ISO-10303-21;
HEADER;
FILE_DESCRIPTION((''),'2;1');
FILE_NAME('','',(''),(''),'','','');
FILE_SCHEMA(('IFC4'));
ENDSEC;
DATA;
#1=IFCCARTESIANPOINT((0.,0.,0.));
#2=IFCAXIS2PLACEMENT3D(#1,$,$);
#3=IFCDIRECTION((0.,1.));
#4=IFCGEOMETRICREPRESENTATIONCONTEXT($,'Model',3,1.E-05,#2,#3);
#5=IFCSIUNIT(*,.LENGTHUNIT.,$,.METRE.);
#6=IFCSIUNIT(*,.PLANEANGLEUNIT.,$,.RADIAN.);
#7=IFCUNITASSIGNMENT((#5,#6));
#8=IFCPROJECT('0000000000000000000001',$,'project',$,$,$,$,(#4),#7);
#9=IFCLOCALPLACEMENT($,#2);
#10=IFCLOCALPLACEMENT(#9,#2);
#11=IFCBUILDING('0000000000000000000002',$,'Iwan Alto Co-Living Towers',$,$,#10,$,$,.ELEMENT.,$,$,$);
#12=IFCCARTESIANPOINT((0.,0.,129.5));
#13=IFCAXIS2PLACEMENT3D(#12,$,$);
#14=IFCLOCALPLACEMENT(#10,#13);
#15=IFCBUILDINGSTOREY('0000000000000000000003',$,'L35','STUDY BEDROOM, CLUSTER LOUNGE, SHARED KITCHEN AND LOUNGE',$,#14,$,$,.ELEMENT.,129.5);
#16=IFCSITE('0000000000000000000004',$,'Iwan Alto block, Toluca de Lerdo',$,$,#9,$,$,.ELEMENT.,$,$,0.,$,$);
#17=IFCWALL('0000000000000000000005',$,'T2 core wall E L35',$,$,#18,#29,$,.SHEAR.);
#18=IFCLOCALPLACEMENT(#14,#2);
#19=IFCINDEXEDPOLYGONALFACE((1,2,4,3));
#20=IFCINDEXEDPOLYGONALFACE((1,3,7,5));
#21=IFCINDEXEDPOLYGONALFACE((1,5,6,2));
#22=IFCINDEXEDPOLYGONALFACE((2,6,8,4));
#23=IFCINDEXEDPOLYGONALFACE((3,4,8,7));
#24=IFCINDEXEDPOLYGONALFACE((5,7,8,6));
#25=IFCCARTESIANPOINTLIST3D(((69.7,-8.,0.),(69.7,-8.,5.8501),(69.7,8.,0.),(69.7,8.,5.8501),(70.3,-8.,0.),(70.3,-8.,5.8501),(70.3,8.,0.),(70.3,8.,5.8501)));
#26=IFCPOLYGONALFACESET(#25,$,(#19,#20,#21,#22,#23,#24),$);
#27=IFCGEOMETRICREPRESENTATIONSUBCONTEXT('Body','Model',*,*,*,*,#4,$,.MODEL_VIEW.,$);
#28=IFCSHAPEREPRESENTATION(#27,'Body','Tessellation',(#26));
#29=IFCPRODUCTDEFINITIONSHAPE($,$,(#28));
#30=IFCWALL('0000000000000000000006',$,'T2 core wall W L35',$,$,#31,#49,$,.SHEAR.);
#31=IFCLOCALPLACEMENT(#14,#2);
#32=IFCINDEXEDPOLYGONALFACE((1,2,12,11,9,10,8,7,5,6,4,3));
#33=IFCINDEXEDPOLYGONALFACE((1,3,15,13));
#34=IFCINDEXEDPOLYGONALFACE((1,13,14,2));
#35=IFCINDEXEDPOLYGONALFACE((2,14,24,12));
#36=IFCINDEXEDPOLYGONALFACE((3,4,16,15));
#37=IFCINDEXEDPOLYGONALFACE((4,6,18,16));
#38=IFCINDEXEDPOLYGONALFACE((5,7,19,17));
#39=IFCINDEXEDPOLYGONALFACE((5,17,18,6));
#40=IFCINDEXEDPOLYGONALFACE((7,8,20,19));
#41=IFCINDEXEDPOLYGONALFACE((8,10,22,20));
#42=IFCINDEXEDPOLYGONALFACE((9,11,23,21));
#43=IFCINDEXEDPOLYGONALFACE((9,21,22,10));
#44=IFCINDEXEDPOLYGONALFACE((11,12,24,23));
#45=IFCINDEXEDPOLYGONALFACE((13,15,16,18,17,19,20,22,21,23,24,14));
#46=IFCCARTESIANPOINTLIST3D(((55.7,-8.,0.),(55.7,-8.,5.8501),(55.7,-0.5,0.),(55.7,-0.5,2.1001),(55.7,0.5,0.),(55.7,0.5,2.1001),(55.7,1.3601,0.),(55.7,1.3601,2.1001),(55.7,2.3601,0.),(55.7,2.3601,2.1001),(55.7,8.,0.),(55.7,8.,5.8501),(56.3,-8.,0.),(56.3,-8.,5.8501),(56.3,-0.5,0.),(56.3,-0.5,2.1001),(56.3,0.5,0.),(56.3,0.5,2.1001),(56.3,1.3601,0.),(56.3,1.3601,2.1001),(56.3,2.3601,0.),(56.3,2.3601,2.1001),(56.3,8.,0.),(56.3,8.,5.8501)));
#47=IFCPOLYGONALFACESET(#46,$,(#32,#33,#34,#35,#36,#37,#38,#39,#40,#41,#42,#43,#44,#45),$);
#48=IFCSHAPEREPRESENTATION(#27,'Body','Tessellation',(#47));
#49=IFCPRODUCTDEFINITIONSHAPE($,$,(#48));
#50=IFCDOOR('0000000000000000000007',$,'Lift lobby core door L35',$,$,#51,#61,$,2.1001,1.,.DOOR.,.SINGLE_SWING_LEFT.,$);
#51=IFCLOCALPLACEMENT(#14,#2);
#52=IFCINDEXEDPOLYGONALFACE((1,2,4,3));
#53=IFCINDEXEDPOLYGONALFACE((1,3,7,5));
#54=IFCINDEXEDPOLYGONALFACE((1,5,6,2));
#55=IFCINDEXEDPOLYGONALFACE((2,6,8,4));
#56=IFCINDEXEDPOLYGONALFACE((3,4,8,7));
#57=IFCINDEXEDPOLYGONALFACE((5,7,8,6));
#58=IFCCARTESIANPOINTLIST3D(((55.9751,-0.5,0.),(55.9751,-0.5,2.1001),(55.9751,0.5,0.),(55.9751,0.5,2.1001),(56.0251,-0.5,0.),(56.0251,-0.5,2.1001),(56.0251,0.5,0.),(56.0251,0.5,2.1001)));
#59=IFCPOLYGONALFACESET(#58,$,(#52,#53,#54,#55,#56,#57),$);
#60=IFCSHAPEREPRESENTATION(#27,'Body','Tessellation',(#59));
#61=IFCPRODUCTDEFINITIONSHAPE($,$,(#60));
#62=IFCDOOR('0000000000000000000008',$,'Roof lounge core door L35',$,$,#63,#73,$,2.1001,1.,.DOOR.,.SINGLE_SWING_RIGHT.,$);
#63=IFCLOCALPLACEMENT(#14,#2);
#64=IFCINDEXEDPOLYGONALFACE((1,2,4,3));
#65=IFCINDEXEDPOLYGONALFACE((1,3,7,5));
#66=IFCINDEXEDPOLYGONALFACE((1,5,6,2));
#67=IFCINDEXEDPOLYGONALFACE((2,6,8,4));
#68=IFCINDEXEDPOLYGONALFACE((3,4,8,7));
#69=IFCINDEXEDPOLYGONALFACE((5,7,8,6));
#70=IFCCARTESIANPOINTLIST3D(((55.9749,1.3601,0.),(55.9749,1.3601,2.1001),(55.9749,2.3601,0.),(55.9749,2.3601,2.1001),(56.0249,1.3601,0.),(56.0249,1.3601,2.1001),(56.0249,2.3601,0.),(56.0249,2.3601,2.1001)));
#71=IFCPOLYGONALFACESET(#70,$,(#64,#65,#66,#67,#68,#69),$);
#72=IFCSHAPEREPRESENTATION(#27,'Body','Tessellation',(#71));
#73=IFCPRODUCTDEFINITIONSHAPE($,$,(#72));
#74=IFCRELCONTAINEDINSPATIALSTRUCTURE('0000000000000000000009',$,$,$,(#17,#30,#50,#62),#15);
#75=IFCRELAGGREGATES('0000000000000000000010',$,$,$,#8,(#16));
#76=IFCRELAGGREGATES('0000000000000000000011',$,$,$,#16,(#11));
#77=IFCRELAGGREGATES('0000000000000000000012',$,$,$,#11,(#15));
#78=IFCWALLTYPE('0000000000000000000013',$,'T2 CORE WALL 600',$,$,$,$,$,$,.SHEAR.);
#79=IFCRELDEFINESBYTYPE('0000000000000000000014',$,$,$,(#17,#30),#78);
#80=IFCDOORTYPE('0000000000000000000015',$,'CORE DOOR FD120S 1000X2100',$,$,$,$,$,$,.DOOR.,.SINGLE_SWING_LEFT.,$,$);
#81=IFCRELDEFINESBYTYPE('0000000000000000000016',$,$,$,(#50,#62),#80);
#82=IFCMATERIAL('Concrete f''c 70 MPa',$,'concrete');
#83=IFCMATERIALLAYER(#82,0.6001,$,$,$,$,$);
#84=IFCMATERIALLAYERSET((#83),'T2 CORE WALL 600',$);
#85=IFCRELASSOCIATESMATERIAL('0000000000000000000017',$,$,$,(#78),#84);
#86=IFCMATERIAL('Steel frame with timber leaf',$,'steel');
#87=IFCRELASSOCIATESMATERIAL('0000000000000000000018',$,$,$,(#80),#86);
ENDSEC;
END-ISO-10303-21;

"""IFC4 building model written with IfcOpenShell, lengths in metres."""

from ifc_helpers import new_model, si_unit, direction, frame, frame_2d, origin, place, context, subcontext, project, spatial, rectangle, extrude, material, layer, layer_set, type_object, element, fill, save


model = new_model("IFC4")

# Units and contexts
model_context = context("Model", 3, precision=1e-05, world=origin(), true_north=direction((0.0, 1.0)))
body_context = subcontext(model_context, "Body", "Model", "MODEL_VIEW")
ifc_project = project(units=[si_unit("LENGTHUNIT", "METRE"), si_unit("PLANEANGLEUNIT", "RADIAN")], contexts=[model_context])

# Site, building, storey
site_placement = place(None, origin())
site = spatial("IfcSite", under=ifc_project, at=site_placement, Name="Iwan Alto block, Toluca de Lerdo", CompositionType="ELEMENT", RefElevation=0.0)
building_placement = place(site_placement, origin())
building = spatial("IfcBuilding", under=site, at=building_placement, Name="Iwan Alto Co-Living Towers", CompositionType="ELEMENT")
storey_placement = place(building_placement, frame((0.0, 0.0, 129.5)))
storey = spatial("IfcBuildingStorey", under=building, at=storey_placement, Name="L35", Description="STUDY BEDROOM, CLUSTER LOUNGE, SHARED KITCHEN AND LOUNGE", CompositionType="ELEMENT", Elevation=129.5)

# Shared definitions
ifc_material_1 = material(Name="Concrete f'c 70 MPa", Category="concrete")
ifc_layer_1 = layer(ifc_material_1, 0.6001)
ifc_layer_set_1 = layer_set([ifc_layer_1], Name="T2 CORE WALL 600")
wall_type_1 = type_object("IfcWallType", Name="T2 CORE WALL 600", PredefinedType="SHEAR", material=ifc_layer_set_1)

# Wall
wall_1_placement = place(storey_placement, frame((70.0, -8.0, 0.0), z_axis=(0.0, 0.0, 1.0), x_axis=(0.0, 1.0, 0.0)))
element("IfcWall", 1, at=wall_1_placement, inside=storey, type_object=wall_type_1, Name="T2 core wall E L35", PredefinedType="SHEAR", context=body_context, shape_type="SweptSolid", body=[
    extrude(rectangle(XDim=16.0, YDim=0.6001, at=frame_2d((8.0, 0.0))), origin(), (0.0, 0.0, 1.0), 5.8501),
])

# Wall, openings, doors
wall_2_placement = place(storey_placement, frame((56.0, 8.0, 0.0), z_axis=(0.0, 0.0, 1.0), x_axis=(0.0, -1.0, 0.0)))
wall_2 = element("IfcWall", 2, at=wall_2_placement, inside=storey, type_object=wall_type_1, Name="T2 core wall W L35", PredefinedType="SHEAR", context=body_context, shape_type="SweptSolid", body=[
    extrude(rectangle(XDim=16.0, YDim=0.6001, at=frame_2d((8.0, 0.0))), origin(), (0.0, 0.0, 1.0), 5.8501),
])
opening_1_placement = place(wall_2_placement, frame((7.5, 0.0, 0.0)))
opening_1 = element("IfcOpeningElement", 3, at=opening_1_placement, cuts=wall_2, PredefinedType="OPENING", context=body_context, shape_type="SweptSolid", body=[
    extrude(rectangle(XDim=1.0, YDim=2.1001, at=frame_2d((0.5, 1.05))), frame((0.0, 0.3101, 0.0), z_axis=(0.0, -1.0, 0.0), x_axis=(1.0, 0.0, 0.0)), (0.0, 0.0, 1.0), 0.6201),
])
opening_2_placement = place(wall_2_placement, frame((5.6399, 0.0, 0.0)))
opening_2 = element("IfcOpeningElement", 4, at=opening_2_placement, cuts=wall_2, PredefinedType="OPENING", context=body_context, shape_type="SweptSolid", body=[
    extrude(rectangle(XDim=1.0, YDim=2.1001, at=frame_2d((0.5, 1.05))), frame((0.0, 0.3101, 0.0), z_axis=(0.0, -1.0, 0.0), x_axis=(1.0, 0.0, 0.0)), (0.0, 0.0, 1.0), 0.6201),
])
ifc_material_2 = material(Name="Steel frame with timber leaf", Category="steel")
door_type_1 = type_object("IfcDoorType", Name="CORE DOOR FD120S 1000X2100", OperationType="SINGLE_SWING_LEFT", PredefinedType="DOOR", material=ifc_material_2)
door_1_placement = place(opening_1_placement, frame((1.0, 0.0, 0.0), z_axis=(0.0, 0.0, 1.0), x_axis=(-1.0, 0.0, 0.0)))
door_1 = element("IfcDoor", 5, at=door_1_placement, inside=storey, type_object=door_type_1, Name="Lift lobby core door L35", OperationType="SINGLE_SWING_LEFT", OverallHeight=2.1001, OverallWidth=1.0, PredefinedType="DOOR", context=body_context, shape_type="SweptSolid", body=[
    extrude(rectangle(XDim=1.0, YDim=2.1001, at=frame_2d((0.5, 1.05))), frame((0.0, 0.0249, 0.0), z_axis=(0.0, -1.0, 0.0), x_axis=(1.0, 0.0, 0.0)), (0.0, 0.0, 1.0), 0.05),
])
fill(opening_1, door_1)
door_2_placement = place(opening_2_placement, origin())
door_2 = element("IfcDoor", 6, at=door_2_placement, inside=storey, type_object=door_type_1, Name="Roof lounge core door L35", OperationType="SINGLE_SWING_RIGHT", OverallHeight=2.1001, OverallWidth=1.0, PredefinedType="DOOR", context=body_context, shape_type="SweptSolid", body=[
    extrude(rectangle(XDim=1.0, YDim=2.1001, at=frame_2d((0.5, 1.05))), frame((0.0, 0.0249, 0.0), z_axis=(0.0, -1.0, 0.0), x_axis=(1.0, 0.0, 0.0)), (0.0, 0.0, 1.0), 0.05),
])
fill(opening_2, door_2)

save(model, "model.ifc")
